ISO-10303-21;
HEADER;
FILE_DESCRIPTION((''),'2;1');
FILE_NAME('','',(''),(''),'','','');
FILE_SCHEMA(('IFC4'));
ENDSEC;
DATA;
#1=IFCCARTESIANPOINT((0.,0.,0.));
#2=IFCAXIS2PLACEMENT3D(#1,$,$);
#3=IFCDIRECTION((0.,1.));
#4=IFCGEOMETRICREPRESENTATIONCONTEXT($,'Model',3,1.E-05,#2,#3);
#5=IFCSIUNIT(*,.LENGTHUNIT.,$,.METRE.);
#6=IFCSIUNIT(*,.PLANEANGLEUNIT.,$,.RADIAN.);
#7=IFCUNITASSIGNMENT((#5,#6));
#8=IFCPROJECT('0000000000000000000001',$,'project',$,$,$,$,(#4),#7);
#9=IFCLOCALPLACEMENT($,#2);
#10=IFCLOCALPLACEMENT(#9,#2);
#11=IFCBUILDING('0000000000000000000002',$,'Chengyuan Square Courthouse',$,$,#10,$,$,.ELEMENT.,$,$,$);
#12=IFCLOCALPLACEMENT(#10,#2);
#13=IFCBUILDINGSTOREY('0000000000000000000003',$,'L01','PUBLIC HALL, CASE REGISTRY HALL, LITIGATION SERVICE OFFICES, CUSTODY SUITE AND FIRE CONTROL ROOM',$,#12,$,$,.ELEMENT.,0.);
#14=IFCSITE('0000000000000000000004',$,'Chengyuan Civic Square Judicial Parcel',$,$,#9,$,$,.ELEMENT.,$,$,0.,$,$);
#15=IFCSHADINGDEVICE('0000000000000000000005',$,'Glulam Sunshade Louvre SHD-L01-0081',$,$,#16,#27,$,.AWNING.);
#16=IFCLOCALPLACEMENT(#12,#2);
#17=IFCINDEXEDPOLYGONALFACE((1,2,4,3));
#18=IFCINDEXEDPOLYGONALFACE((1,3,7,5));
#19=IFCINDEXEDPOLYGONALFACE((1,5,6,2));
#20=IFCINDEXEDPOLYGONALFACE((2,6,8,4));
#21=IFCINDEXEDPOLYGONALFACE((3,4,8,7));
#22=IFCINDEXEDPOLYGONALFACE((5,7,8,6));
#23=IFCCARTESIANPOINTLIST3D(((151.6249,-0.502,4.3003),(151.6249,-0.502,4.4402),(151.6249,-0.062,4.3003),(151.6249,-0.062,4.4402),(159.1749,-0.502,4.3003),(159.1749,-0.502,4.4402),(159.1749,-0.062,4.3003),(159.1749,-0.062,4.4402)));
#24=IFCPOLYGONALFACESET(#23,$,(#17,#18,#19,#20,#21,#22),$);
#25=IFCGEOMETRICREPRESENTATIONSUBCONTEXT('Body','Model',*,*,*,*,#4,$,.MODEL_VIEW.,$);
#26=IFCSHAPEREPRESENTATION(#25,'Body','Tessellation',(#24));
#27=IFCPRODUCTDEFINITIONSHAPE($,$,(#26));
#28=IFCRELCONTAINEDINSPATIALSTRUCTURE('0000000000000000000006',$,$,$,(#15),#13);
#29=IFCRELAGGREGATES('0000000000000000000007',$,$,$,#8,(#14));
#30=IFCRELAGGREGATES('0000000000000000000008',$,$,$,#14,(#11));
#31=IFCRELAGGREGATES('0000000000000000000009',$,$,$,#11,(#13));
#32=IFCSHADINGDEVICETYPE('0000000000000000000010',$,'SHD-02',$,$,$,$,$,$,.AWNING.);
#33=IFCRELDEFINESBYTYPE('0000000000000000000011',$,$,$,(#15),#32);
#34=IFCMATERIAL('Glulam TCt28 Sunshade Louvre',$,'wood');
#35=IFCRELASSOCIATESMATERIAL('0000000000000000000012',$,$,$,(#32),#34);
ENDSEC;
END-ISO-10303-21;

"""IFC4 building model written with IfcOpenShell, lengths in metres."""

from ifc_helpers import new_model, si_unit, direction, frame, origin, origin_2d, place, context, subcontext, project, spatial, rectangle, extrude, material, type_object, element, save


model = new_model("IFC4")

# Units and contexts
model_context = context("Model", 3, precision=1e-05, world=origin(), true_north=direction((0.0, 1.0)))
body_context = subcontext(model_context, "Body", "Model", "MODEL_VIEW")
ifc_project = project(units=[si_unit("LENGTHUNIT", "METRE"), si_unit("PLANEANGLEUNIT", "RADIAN")], contexts=[model_context])

# Site, building, storey
site_placement = place(None, origin())
site = spatial("IfcSite", under=ifc_project, at=site_placement, Name="Chengyuan Civic Square Judicial Parcel", CompositionType="ELEMENT", RefElevation=0.0)
building_placement = place(site_placement, origin())
building = spatial("IfcBuilding", under=site, at=building_placement, Name="Chengyuan Square Courthouse", CompositionType="ELEMENT")
storey_placement = place(building_placement, origin())
storey = spatial("IfcBuildingStorey", under=building, at=storey_placement, Name="L01", Description="PUBLIC HALL, CASE REGISTRY HALL, LITIGATION SERVICE OFFICES, CUSTODY SUITE AND FIRE CONTROL ROOM", CompositionType="ELEMENT", Elevation=0.0)

# Shading device
ifc_material_1 = material(Name="Glulam TCt28 Sunshade Louvre", Category="wood")
shading_device_type_1 = type_object("IfcShadingDeviceType", Name="SHD-02", PredefinedType="AWNING", material=ifc_material_1)
shading_device_1_placement = place(storey_placement, frame((155.3999, -0.282, 4.3003), z_axis=(0.0, 0.0, 1.0), x_axis=(1.0, 0.0, 0.0)))
element("IfcShadingDevice", 1, at=shading_device_1_placement, inside=storey, type_object=shading_device_type_1, Name="Glulam Sunshade Louvre SHD-L01-0081", PredefinedType="AWNING", context=body_context, shape_type="SweptSolid", body=[
    extrude(rectangle(XDim=7.55, YDim=0.4399, at=origin_2d()), origin(), (0.0, 0.0, 1.0), 0.1399),
])

save(model, "model.ifc")
